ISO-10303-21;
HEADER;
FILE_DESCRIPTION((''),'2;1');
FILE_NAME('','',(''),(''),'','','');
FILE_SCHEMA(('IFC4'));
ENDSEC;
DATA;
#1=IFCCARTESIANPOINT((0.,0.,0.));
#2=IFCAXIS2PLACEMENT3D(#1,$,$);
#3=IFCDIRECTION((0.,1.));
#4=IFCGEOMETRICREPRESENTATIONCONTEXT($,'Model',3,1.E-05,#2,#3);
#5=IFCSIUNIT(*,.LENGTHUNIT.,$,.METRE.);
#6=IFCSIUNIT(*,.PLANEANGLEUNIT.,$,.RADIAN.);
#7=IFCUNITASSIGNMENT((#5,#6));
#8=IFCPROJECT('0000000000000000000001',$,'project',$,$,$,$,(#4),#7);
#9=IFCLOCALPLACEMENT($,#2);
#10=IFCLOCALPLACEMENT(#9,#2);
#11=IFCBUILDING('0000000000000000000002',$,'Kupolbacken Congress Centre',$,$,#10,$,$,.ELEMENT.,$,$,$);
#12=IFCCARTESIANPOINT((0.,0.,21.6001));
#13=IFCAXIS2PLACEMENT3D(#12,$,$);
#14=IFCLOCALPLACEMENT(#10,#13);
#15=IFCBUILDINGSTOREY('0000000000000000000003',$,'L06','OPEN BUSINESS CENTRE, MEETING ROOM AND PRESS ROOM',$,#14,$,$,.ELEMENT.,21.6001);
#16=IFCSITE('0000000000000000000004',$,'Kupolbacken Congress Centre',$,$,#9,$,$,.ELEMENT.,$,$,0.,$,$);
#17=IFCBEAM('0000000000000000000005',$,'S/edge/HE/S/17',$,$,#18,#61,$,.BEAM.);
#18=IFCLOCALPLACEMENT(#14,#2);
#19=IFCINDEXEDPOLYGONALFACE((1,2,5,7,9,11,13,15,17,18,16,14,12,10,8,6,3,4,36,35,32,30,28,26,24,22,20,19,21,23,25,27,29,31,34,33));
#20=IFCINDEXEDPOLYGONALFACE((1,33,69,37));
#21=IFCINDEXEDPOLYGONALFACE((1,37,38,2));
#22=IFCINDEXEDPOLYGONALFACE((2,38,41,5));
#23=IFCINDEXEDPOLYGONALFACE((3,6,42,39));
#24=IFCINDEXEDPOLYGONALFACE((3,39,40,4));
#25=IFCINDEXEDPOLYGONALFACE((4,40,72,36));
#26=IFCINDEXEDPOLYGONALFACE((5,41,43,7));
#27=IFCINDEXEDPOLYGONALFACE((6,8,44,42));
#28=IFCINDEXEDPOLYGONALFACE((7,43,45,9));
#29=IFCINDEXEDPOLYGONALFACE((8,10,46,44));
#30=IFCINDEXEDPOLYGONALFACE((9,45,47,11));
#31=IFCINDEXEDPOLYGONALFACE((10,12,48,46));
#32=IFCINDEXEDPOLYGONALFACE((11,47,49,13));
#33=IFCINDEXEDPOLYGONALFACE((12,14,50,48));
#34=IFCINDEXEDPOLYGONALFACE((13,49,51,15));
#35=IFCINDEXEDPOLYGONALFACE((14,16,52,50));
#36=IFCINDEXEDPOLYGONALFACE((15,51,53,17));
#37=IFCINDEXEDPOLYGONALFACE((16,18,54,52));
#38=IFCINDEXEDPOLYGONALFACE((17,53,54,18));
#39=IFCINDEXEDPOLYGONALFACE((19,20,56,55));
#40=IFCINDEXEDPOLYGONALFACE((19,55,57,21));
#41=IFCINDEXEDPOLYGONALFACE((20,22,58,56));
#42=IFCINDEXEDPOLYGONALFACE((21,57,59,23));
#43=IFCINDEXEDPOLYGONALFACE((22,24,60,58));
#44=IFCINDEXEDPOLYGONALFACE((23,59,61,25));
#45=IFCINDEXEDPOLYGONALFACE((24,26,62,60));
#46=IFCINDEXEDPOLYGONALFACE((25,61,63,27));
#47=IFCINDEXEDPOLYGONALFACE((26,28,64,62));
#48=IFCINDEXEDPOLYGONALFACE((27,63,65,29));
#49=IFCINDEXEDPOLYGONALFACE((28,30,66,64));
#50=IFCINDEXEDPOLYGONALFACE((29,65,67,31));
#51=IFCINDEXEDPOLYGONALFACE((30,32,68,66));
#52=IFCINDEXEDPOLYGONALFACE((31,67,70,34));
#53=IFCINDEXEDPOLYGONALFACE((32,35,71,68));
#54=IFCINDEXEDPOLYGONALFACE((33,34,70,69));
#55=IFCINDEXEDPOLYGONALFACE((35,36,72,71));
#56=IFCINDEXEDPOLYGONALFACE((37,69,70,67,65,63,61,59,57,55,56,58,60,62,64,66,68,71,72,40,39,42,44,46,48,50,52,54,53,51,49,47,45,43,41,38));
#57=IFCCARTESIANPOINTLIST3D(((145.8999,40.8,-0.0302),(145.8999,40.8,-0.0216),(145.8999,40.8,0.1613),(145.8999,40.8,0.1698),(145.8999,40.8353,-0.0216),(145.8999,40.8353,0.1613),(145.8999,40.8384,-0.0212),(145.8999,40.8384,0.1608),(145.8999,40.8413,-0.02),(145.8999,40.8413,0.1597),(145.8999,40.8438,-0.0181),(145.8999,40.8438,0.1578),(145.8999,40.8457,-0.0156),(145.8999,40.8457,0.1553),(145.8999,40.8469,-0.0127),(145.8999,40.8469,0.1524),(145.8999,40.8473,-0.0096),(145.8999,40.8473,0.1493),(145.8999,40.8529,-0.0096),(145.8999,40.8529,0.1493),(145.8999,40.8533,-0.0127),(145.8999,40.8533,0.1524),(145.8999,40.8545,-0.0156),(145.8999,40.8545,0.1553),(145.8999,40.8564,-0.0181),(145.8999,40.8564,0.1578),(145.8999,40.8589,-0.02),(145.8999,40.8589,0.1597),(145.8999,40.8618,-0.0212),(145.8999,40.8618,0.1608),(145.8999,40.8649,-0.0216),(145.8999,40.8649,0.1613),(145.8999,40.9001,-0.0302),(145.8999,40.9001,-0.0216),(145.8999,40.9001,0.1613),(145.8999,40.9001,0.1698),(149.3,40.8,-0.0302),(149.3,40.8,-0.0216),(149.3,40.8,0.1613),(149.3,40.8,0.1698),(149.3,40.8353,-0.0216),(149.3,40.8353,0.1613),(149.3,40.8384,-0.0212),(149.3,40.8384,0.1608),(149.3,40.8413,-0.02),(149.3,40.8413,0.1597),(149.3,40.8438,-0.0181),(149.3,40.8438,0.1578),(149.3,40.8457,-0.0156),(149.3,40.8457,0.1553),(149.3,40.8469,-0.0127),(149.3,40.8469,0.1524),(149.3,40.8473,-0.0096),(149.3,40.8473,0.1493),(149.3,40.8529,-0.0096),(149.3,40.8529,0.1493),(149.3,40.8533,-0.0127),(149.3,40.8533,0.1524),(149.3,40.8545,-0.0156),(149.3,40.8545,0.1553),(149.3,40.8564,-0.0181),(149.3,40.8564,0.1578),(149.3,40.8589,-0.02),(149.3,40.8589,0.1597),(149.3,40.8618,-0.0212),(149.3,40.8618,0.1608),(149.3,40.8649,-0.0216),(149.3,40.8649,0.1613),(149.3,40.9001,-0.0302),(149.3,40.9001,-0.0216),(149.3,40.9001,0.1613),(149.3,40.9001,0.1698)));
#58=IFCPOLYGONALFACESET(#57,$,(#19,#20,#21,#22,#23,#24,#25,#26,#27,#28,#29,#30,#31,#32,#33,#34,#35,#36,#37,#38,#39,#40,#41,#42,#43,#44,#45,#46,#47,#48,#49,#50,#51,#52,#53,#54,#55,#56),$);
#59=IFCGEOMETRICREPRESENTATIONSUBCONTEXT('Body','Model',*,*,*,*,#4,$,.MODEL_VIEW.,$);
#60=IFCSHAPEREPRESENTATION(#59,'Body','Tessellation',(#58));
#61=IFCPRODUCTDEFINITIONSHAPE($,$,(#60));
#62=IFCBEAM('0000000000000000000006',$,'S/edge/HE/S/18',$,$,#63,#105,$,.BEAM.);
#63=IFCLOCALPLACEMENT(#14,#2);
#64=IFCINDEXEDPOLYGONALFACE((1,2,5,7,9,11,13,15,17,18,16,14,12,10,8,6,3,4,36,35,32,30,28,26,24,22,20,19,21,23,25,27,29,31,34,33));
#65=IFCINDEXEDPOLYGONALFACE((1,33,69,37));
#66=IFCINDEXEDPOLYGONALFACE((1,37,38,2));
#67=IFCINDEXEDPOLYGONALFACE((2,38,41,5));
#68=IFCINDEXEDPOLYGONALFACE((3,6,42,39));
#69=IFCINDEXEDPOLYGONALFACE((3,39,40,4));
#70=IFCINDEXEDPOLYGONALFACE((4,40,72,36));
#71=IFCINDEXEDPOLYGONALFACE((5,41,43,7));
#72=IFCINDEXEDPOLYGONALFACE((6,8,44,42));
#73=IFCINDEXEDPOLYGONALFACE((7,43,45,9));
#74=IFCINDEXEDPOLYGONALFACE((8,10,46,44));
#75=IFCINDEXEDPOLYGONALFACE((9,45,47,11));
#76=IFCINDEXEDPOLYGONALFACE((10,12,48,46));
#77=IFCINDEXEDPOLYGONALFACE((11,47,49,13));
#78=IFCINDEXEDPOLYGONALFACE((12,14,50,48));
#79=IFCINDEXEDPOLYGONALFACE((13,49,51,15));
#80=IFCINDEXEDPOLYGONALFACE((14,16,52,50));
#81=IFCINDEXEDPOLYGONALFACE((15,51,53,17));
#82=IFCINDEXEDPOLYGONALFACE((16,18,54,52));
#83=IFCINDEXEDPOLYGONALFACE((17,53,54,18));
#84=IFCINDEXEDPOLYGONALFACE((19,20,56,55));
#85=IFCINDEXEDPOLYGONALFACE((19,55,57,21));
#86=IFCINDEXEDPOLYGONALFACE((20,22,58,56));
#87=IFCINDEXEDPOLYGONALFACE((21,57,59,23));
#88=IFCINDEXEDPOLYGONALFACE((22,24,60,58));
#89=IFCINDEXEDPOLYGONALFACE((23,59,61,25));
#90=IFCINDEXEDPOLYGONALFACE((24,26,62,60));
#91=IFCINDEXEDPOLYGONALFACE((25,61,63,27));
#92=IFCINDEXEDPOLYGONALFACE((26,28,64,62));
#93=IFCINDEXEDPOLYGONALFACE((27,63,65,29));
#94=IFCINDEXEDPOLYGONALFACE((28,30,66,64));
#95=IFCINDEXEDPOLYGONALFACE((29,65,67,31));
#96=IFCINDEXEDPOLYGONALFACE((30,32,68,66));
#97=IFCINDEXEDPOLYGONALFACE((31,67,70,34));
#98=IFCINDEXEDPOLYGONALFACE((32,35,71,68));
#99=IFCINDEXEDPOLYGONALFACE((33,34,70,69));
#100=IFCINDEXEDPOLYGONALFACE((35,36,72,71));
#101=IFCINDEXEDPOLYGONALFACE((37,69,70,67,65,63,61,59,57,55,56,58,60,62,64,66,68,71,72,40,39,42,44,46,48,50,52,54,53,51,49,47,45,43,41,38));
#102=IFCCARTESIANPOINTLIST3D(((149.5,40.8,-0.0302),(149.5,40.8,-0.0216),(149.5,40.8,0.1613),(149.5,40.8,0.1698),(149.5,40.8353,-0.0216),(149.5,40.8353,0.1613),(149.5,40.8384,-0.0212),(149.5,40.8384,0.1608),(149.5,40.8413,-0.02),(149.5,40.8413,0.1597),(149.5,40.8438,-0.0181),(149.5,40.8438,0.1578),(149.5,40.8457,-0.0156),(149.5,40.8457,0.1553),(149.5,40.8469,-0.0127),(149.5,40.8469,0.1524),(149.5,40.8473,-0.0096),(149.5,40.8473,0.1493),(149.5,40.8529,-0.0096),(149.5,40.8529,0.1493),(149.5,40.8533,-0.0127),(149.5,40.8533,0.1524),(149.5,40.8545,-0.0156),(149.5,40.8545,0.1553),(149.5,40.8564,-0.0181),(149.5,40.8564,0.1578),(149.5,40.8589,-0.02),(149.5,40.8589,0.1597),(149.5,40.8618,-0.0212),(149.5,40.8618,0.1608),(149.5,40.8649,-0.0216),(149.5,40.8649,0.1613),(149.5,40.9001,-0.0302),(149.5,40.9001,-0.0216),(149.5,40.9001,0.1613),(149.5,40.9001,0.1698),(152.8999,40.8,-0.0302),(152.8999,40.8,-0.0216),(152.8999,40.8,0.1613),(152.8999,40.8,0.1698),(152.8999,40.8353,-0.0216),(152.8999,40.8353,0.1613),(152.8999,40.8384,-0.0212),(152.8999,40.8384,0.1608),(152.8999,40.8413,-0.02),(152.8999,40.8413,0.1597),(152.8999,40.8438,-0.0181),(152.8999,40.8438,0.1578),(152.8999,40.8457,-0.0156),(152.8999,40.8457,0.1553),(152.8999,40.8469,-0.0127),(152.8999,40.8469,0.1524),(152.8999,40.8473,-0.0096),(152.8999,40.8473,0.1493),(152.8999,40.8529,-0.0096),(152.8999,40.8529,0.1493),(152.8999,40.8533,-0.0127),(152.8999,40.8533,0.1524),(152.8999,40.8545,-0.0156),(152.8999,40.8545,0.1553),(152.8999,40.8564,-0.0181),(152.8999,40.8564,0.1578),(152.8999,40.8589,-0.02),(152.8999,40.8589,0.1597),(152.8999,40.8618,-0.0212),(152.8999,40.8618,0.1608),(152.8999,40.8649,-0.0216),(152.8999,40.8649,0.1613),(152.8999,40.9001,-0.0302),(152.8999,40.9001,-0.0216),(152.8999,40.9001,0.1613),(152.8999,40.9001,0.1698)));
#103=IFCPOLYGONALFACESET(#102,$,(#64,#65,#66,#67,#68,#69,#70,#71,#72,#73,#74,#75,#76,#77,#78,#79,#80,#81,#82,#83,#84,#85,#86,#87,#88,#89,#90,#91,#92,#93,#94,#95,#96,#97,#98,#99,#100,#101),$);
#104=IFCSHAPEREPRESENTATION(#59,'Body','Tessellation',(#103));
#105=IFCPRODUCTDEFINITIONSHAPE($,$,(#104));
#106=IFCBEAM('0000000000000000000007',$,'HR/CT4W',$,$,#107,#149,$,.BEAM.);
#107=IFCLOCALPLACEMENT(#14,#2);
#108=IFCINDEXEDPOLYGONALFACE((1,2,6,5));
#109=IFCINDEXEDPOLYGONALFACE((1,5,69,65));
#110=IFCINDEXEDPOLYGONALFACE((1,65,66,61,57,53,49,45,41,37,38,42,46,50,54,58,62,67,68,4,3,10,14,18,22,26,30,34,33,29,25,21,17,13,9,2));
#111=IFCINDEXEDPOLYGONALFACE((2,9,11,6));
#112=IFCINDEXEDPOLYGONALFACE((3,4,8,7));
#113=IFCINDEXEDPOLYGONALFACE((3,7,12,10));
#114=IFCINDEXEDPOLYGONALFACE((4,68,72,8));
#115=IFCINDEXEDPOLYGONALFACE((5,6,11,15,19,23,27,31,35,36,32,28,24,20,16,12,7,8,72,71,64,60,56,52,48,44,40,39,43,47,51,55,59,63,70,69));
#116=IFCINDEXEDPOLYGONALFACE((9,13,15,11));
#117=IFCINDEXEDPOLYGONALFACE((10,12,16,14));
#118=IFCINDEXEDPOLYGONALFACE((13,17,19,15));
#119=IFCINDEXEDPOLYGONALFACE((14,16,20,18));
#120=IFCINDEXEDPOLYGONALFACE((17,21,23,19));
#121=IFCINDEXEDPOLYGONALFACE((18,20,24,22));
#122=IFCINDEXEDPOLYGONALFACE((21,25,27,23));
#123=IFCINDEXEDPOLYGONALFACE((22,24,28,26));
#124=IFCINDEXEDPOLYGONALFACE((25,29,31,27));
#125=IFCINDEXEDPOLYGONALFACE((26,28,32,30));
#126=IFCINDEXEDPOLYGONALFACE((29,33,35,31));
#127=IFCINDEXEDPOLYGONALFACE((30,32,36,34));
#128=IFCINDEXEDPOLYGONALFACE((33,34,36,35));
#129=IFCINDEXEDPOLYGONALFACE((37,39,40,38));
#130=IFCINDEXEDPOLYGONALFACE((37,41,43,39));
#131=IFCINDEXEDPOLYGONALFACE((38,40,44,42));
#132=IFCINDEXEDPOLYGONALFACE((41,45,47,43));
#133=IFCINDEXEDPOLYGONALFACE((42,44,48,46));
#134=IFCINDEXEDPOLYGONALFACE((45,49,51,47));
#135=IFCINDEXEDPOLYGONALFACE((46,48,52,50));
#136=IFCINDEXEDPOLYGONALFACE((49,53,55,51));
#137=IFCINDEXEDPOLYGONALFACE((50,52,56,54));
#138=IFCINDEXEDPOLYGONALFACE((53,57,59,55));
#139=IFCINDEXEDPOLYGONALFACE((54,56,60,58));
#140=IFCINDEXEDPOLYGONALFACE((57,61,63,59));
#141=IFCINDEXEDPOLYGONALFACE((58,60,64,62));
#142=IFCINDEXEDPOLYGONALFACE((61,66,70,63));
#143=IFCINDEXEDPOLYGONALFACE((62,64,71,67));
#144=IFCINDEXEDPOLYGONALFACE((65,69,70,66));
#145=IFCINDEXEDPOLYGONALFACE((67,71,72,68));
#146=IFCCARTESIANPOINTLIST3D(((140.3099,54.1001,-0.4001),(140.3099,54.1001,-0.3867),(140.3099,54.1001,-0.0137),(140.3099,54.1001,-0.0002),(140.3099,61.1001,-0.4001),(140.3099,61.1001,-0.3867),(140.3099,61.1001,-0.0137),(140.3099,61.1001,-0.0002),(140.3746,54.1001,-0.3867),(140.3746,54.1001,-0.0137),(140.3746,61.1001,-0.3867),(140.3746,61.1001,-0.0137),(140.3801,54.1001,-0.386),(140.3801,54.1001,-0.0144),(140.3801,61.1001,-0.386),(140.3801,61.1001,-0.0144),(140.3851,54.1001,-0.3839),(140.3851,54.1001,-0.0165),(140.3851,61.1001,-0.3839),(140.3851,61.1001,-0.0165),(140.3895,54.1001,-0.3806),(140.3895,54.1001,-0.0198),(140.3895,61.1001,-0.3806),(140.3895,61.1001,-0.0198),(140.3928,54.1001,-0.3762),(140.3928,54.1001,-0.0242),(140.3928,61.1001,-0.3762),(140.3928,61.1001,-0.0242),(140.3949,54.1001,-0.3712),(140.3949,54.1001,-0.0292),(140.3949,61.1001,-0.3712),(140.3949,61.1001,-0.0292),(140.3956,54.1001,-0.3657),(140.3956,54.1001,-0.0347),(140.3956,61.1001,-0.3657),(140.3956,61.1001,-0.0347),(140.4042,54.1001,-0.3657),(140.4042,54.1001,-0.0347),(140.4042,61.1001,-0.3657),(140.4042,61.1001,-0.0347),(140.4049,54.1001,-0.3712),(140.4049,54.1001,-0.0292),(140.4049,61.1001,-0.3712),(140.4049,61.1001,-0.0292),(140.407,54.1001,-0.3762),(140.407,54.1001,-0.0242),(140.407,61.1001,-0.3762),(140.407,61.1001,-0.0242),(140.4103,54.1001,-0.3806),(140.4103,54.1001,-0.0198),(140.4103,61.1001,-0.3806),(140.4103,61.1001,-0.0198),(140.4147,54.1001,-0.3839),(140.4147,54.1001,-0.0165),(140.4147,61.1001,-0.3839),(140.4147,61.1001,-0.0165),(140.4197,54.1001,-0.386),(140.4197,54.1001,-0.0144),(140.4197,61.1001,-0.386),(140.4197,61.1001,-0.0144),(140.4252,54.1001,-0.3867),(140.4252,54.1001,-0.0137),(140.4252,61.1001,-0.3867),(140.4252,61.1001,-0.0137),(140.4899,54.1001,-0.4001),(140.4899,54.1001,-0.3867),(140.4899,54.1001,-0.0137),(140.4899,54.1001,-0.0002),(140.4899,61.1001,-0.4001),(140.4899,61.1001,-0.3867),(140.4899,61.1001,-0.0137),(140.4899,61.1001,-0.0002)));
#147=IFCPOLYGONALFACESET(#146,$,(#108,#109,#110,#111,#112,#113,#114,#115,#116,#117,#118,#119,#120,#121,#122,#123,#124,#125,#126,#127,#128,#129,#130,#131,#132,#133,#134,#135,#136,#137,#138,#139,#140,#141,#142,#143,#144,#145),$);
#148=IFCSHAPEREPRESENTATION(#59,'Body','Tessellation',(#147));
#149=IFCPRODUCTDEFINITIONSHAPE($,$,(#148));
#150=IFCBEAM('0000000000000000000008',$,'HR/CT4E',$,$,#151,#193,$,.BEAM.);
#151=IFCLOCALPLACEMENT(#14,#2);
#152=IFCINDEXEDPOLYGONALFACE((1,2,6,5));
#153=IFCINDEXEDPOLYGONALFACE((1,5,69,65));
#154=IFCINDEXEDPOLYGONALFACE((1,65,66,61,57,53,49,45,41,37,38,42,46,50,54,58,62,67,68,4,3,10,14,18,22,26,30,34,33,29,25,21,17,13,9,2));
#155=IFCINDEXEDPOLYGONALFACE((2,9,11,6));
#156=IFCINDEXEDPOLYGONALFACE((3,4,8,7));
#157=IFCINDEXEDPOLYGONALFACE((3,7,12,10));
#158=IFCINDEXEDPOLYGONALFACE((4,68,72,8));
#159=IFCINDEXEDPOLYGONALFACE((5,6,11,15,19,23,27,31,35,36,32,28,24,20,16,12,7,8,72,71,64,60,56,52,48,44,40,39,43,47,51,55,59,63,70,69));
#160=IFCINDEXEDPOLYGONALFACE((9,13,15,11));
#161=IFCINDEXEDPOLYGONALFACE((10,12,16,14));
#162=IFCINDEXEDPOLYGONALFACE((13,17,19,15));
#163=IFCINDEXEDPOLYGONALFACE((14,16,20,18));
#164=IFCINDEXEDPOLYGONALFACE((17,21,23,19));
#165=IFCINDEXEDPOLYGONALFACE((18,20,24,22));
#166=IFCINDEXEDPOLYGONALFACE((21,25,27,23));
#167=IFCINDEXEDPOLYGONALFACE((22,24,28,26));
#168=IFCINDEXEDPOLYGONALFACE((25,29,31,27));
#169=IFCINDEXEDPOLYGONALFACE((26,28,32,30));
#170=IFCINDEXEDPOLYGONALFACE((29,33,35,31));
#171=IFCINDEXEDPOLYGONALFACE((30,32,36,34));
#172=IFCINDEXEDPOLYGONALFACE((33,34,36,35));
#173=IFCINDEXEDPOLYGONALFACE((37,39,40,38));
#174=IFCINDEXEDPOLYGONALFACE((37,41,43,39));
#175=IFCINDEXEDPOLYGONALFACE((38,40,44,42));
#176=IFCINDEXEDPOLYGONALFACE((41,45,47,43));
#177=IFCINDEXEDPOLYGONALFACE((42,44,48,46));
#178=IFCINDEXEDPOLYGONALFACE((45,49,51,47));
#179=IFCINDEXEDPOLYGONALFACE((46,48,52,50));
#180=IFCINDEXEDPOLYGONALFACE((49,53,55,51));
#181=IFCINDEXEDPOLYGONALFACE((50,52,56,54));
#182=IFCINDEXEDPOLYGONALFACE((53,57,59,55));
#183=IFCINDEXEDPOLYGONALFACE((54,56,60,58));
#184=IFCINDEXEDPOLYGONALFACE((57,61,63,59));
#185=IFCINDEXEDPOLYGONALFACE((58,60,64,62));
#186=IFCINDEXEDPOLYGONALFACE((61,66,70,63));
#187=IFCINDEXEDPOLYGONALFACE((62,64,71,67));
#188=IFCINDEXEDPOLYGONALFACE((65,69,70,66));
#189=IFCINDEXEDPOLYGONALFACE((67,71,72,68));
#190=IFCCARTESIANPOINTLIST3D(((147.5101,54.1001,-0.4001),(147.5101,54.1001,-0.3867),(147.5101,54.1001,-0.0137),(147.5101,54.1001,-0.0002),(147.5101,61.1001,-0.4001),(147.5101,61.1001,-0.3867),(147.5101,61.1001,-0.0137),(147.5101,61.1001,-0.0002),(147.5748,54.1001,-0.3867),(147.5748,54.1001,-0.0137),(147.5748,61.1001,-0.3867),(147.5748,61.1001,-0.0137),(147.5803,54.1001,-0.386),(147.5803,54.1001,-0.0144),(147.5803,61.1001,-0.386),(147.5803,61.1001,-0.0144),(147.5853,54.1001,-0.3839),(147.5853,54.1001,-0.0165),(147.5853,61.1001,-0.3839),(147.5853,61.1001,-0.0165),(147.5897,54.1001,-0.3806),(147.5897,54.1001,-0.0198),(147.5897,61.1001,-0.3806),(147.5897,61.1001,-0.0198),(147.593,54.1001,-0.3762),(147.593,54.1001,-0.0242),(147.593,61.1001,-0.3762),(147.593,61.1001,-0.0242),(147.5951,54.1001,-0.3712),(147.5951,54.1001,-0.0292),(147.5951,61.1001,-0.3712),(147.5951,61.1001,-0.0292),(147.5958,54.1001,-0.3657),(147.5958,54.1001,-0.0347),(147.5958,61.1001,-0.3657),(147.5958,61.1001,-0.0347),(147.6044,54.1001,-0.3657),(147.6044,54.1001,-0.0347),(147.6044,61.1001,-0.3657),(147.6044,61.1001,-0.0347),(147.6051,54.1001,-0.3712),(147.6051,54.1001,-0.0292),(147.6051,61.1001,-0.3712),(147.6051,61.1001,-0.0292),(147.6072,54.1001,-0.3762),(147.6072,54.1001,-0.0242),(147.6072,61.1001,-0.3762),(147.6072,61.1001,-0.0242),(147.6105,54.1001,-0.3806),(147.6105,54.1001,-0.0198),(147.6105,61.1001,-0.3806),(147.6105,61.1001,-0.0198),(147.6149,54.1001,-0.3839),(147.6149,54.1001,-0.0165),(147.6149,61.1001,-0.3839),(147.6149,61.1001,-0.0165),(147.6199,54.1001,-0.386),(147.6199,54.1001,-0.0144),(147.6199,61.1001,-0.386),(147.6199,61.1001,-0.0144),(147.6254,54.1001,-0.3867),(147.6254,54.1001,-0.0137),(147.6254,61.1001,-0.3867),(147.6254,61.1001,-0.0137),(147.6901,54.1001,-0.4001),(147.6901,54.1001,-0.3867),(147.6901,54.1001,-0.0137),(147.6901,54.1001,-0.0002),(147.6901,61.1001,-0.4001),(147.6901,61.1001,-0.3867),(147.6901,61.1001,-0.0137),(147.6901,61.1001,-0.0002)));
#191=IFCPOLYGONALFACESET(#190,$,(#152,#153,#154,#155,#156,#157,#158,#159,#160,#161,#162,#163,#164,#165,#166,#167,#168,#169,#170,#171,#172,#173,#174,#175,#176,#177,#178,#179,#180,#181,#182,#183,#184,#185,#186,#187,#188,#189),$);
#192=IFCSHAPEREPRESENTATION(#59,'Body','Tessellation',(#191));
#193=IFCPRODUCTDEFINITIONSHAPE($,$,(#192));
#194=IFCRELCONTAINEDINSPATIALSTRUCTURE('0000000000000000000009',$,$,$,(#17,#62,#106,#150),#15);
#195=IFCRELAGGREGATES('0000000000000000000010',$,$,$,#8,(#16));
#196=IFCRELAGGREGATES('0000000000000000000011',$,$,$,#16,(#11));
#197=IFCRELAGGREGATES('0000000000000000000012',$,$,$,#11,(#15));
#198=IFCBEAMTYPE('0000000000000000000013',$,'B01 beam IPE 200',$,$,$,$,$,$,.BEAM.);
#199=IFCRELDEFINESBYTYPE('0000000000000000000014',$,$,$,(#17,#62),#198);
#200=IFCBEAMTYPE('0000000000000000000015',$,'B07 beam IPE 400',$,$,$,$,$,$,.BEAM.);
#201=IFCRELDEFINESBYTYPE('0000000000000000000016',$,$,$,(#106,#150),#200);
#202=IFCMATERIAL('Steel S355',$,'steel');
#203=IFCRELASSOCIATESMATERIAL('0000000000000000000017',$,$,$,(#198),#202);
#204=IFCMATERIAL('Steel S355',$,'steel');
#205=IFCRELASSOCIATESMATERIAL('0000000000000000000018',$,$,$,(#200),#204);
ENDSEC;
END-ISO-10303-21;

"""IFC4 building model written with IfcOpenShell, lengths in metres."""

from ifc_helpers import new_model, si_unit, direction, frame, origin, origin_2d, place, context, subcontext, project, spatial, i_section, extrude, material, material_profile, profile_set, type_object, element, save


model = new_model("IFC4")

# Units and contexts
model_context = context("Model", 3, precision=1e-05, world=origin(), true_north=direction((0.0, 1.0)))
body_context = subcontext(model_context, "Body", "Model", "MODEL_VIEW")
ifc_project = project(units=[si_unit("LENGTHUNIT", "METRE"), si_unit("PLANEANGLEUNIT", "RADIAN")], contexts=[model_context])

# Site, building, storey
site_placement = place(None, origin())
site = spatial("IfcSite", under=ifc_project, at=site_placement, Name="Kupolbacken Congress Centre", CompositionType="ELEMENT", RefElevation=0.0)
building_placement = place(site_placement, origin())
building = spatial("IfcBuilding", under=site, at=building_placement, Name="Kupolbacken Congress Centre", CompositionType="ELEMENT")
storey_placement = place(building_placement, frame((0.0, 0.0, 21.6001)))
storey = spatial("IfcBuildingStorey", under=building, at=storey_placement, Name="L06", Description="OPEN BUSINESS CENTRE, MEETING ROOM AND PRESS ROOM", CompositionType="ELEMENT", Elevation=21.6001)

# Beams
ifc_material_1 = material(Name="Steel S355", Category="steel")
ifc_material_profile_1 = material_profile(ifc_material_1, i_section(OverallWidth=0.1001, OverallDepth=0.2, WebThickness=0.0056, FlangeThickness=0.0085, FilletRadius=0.012, at=origin_2d()), Name="IPE 200")
ifc_profile_set_1 = profile_set([ifc_material_profile_1], Name="Steel S355")
beam_type_1 = type_object("IfcBeamType", Name="B01 beam IPE 200", PredefinedType="BEAM", material=ifc_profile_set_1)
beam_1_placement = place(storey_placement, frame((145.8999, 40.8501, 0.0698), z_axis=(1.0, 0.0, 0.0), x_axis=(0.0, 1.0, 0.0)))
element("IfcBeam", 1, at=beam_1_placement, inside=storey, type_object=beam_type_1, Name="S/edge/HE/S/17", PredefinedType="BEAM", context=body_context, shape_type="SweptSolid", body=[
    extrude(i_section(OverallWidth=0.1001, OverallDepth=0.2, WebThickness=0.0056, FlangeThickness=0.0085, FilletRadius=0.012, at=origin_2d()), origin(), (0.0, 0.0, 1.0), 3.4001),
])
beam_2_placement = place(storey_placement, frame((149.5, 40.8501, 0.0698), z_axis=(1.0, 0.0, 0.0), x_axis=(0.0, 1.0, 0.0)))
element("IfcBeam", 2, at=beam_2_placement, inside=storey, type_object=beam_type_1, Name="S/edge/HE/S/18", PredefinedType="BEAM", context=body_context, shape_type="SweptSolid", body=[
    extrude(i_section(OverallWidth=0.1001, OverallDepth=0.2, WebThickness=0.0056, FlangeThickness=0.0085, FilletRadius=0.012, at=origin_2d()), origin(), (0.0, 0.0, 1.0), 3.3999),
])
ifc_material_2 = material(Name="Steel S355", Category="steel")
ifc_material_profile_2 = material_profile(ifc_material_2, i_section(OverallWidth=0.1799, OverallDepth=0.3999, WebThickness=0.0085, FlangeThickness=0.0134, FilletRadius=0.021, at=origin_2d()), Name="IPE 400")
ifc_profile_set_2 = profile_set([ifc_material_profile_2], Name="Steel S355")
beam_type_2 = type_object("IfcBeamType", Name="B07 beam IPE 400", PredefinedType="BEAM", material=ifc_profile_set_2)
for number, where, z_axis, x_axis, name in (
    (3, (140.3999, 54.1001, -0.2002), (0.0, 1.0, 0.0), (-1.0, 0.0, 0.0), "HR/CT4W"),
    (4, (147.6001, 54.1001, -0.2002), (0.0, 1.0, 0.0), (-1.0, 0.0, 0.0), "HR/CT4E"),
):
    element("IfcBeam", number, at=place(storey_placement, frame(where, z_axis=z_axis, x_axis=x_axis)), inside=storey, type_object=beam_type_2, Name=name, PredefinedType="BEAM", context=body_context, shape_type="SweptSolid", body=[
        extrude(i_section(OverallWidth=0.1799, OverallDepth=0.3999, WebThickness=0.0085, FlangeThickness=0.0134, FilletRadius=0.021, at=origin_2d()), origin(), (0.0, 0.0, 1.0), 7.0),
    ])

save(model, "model.ifc")
